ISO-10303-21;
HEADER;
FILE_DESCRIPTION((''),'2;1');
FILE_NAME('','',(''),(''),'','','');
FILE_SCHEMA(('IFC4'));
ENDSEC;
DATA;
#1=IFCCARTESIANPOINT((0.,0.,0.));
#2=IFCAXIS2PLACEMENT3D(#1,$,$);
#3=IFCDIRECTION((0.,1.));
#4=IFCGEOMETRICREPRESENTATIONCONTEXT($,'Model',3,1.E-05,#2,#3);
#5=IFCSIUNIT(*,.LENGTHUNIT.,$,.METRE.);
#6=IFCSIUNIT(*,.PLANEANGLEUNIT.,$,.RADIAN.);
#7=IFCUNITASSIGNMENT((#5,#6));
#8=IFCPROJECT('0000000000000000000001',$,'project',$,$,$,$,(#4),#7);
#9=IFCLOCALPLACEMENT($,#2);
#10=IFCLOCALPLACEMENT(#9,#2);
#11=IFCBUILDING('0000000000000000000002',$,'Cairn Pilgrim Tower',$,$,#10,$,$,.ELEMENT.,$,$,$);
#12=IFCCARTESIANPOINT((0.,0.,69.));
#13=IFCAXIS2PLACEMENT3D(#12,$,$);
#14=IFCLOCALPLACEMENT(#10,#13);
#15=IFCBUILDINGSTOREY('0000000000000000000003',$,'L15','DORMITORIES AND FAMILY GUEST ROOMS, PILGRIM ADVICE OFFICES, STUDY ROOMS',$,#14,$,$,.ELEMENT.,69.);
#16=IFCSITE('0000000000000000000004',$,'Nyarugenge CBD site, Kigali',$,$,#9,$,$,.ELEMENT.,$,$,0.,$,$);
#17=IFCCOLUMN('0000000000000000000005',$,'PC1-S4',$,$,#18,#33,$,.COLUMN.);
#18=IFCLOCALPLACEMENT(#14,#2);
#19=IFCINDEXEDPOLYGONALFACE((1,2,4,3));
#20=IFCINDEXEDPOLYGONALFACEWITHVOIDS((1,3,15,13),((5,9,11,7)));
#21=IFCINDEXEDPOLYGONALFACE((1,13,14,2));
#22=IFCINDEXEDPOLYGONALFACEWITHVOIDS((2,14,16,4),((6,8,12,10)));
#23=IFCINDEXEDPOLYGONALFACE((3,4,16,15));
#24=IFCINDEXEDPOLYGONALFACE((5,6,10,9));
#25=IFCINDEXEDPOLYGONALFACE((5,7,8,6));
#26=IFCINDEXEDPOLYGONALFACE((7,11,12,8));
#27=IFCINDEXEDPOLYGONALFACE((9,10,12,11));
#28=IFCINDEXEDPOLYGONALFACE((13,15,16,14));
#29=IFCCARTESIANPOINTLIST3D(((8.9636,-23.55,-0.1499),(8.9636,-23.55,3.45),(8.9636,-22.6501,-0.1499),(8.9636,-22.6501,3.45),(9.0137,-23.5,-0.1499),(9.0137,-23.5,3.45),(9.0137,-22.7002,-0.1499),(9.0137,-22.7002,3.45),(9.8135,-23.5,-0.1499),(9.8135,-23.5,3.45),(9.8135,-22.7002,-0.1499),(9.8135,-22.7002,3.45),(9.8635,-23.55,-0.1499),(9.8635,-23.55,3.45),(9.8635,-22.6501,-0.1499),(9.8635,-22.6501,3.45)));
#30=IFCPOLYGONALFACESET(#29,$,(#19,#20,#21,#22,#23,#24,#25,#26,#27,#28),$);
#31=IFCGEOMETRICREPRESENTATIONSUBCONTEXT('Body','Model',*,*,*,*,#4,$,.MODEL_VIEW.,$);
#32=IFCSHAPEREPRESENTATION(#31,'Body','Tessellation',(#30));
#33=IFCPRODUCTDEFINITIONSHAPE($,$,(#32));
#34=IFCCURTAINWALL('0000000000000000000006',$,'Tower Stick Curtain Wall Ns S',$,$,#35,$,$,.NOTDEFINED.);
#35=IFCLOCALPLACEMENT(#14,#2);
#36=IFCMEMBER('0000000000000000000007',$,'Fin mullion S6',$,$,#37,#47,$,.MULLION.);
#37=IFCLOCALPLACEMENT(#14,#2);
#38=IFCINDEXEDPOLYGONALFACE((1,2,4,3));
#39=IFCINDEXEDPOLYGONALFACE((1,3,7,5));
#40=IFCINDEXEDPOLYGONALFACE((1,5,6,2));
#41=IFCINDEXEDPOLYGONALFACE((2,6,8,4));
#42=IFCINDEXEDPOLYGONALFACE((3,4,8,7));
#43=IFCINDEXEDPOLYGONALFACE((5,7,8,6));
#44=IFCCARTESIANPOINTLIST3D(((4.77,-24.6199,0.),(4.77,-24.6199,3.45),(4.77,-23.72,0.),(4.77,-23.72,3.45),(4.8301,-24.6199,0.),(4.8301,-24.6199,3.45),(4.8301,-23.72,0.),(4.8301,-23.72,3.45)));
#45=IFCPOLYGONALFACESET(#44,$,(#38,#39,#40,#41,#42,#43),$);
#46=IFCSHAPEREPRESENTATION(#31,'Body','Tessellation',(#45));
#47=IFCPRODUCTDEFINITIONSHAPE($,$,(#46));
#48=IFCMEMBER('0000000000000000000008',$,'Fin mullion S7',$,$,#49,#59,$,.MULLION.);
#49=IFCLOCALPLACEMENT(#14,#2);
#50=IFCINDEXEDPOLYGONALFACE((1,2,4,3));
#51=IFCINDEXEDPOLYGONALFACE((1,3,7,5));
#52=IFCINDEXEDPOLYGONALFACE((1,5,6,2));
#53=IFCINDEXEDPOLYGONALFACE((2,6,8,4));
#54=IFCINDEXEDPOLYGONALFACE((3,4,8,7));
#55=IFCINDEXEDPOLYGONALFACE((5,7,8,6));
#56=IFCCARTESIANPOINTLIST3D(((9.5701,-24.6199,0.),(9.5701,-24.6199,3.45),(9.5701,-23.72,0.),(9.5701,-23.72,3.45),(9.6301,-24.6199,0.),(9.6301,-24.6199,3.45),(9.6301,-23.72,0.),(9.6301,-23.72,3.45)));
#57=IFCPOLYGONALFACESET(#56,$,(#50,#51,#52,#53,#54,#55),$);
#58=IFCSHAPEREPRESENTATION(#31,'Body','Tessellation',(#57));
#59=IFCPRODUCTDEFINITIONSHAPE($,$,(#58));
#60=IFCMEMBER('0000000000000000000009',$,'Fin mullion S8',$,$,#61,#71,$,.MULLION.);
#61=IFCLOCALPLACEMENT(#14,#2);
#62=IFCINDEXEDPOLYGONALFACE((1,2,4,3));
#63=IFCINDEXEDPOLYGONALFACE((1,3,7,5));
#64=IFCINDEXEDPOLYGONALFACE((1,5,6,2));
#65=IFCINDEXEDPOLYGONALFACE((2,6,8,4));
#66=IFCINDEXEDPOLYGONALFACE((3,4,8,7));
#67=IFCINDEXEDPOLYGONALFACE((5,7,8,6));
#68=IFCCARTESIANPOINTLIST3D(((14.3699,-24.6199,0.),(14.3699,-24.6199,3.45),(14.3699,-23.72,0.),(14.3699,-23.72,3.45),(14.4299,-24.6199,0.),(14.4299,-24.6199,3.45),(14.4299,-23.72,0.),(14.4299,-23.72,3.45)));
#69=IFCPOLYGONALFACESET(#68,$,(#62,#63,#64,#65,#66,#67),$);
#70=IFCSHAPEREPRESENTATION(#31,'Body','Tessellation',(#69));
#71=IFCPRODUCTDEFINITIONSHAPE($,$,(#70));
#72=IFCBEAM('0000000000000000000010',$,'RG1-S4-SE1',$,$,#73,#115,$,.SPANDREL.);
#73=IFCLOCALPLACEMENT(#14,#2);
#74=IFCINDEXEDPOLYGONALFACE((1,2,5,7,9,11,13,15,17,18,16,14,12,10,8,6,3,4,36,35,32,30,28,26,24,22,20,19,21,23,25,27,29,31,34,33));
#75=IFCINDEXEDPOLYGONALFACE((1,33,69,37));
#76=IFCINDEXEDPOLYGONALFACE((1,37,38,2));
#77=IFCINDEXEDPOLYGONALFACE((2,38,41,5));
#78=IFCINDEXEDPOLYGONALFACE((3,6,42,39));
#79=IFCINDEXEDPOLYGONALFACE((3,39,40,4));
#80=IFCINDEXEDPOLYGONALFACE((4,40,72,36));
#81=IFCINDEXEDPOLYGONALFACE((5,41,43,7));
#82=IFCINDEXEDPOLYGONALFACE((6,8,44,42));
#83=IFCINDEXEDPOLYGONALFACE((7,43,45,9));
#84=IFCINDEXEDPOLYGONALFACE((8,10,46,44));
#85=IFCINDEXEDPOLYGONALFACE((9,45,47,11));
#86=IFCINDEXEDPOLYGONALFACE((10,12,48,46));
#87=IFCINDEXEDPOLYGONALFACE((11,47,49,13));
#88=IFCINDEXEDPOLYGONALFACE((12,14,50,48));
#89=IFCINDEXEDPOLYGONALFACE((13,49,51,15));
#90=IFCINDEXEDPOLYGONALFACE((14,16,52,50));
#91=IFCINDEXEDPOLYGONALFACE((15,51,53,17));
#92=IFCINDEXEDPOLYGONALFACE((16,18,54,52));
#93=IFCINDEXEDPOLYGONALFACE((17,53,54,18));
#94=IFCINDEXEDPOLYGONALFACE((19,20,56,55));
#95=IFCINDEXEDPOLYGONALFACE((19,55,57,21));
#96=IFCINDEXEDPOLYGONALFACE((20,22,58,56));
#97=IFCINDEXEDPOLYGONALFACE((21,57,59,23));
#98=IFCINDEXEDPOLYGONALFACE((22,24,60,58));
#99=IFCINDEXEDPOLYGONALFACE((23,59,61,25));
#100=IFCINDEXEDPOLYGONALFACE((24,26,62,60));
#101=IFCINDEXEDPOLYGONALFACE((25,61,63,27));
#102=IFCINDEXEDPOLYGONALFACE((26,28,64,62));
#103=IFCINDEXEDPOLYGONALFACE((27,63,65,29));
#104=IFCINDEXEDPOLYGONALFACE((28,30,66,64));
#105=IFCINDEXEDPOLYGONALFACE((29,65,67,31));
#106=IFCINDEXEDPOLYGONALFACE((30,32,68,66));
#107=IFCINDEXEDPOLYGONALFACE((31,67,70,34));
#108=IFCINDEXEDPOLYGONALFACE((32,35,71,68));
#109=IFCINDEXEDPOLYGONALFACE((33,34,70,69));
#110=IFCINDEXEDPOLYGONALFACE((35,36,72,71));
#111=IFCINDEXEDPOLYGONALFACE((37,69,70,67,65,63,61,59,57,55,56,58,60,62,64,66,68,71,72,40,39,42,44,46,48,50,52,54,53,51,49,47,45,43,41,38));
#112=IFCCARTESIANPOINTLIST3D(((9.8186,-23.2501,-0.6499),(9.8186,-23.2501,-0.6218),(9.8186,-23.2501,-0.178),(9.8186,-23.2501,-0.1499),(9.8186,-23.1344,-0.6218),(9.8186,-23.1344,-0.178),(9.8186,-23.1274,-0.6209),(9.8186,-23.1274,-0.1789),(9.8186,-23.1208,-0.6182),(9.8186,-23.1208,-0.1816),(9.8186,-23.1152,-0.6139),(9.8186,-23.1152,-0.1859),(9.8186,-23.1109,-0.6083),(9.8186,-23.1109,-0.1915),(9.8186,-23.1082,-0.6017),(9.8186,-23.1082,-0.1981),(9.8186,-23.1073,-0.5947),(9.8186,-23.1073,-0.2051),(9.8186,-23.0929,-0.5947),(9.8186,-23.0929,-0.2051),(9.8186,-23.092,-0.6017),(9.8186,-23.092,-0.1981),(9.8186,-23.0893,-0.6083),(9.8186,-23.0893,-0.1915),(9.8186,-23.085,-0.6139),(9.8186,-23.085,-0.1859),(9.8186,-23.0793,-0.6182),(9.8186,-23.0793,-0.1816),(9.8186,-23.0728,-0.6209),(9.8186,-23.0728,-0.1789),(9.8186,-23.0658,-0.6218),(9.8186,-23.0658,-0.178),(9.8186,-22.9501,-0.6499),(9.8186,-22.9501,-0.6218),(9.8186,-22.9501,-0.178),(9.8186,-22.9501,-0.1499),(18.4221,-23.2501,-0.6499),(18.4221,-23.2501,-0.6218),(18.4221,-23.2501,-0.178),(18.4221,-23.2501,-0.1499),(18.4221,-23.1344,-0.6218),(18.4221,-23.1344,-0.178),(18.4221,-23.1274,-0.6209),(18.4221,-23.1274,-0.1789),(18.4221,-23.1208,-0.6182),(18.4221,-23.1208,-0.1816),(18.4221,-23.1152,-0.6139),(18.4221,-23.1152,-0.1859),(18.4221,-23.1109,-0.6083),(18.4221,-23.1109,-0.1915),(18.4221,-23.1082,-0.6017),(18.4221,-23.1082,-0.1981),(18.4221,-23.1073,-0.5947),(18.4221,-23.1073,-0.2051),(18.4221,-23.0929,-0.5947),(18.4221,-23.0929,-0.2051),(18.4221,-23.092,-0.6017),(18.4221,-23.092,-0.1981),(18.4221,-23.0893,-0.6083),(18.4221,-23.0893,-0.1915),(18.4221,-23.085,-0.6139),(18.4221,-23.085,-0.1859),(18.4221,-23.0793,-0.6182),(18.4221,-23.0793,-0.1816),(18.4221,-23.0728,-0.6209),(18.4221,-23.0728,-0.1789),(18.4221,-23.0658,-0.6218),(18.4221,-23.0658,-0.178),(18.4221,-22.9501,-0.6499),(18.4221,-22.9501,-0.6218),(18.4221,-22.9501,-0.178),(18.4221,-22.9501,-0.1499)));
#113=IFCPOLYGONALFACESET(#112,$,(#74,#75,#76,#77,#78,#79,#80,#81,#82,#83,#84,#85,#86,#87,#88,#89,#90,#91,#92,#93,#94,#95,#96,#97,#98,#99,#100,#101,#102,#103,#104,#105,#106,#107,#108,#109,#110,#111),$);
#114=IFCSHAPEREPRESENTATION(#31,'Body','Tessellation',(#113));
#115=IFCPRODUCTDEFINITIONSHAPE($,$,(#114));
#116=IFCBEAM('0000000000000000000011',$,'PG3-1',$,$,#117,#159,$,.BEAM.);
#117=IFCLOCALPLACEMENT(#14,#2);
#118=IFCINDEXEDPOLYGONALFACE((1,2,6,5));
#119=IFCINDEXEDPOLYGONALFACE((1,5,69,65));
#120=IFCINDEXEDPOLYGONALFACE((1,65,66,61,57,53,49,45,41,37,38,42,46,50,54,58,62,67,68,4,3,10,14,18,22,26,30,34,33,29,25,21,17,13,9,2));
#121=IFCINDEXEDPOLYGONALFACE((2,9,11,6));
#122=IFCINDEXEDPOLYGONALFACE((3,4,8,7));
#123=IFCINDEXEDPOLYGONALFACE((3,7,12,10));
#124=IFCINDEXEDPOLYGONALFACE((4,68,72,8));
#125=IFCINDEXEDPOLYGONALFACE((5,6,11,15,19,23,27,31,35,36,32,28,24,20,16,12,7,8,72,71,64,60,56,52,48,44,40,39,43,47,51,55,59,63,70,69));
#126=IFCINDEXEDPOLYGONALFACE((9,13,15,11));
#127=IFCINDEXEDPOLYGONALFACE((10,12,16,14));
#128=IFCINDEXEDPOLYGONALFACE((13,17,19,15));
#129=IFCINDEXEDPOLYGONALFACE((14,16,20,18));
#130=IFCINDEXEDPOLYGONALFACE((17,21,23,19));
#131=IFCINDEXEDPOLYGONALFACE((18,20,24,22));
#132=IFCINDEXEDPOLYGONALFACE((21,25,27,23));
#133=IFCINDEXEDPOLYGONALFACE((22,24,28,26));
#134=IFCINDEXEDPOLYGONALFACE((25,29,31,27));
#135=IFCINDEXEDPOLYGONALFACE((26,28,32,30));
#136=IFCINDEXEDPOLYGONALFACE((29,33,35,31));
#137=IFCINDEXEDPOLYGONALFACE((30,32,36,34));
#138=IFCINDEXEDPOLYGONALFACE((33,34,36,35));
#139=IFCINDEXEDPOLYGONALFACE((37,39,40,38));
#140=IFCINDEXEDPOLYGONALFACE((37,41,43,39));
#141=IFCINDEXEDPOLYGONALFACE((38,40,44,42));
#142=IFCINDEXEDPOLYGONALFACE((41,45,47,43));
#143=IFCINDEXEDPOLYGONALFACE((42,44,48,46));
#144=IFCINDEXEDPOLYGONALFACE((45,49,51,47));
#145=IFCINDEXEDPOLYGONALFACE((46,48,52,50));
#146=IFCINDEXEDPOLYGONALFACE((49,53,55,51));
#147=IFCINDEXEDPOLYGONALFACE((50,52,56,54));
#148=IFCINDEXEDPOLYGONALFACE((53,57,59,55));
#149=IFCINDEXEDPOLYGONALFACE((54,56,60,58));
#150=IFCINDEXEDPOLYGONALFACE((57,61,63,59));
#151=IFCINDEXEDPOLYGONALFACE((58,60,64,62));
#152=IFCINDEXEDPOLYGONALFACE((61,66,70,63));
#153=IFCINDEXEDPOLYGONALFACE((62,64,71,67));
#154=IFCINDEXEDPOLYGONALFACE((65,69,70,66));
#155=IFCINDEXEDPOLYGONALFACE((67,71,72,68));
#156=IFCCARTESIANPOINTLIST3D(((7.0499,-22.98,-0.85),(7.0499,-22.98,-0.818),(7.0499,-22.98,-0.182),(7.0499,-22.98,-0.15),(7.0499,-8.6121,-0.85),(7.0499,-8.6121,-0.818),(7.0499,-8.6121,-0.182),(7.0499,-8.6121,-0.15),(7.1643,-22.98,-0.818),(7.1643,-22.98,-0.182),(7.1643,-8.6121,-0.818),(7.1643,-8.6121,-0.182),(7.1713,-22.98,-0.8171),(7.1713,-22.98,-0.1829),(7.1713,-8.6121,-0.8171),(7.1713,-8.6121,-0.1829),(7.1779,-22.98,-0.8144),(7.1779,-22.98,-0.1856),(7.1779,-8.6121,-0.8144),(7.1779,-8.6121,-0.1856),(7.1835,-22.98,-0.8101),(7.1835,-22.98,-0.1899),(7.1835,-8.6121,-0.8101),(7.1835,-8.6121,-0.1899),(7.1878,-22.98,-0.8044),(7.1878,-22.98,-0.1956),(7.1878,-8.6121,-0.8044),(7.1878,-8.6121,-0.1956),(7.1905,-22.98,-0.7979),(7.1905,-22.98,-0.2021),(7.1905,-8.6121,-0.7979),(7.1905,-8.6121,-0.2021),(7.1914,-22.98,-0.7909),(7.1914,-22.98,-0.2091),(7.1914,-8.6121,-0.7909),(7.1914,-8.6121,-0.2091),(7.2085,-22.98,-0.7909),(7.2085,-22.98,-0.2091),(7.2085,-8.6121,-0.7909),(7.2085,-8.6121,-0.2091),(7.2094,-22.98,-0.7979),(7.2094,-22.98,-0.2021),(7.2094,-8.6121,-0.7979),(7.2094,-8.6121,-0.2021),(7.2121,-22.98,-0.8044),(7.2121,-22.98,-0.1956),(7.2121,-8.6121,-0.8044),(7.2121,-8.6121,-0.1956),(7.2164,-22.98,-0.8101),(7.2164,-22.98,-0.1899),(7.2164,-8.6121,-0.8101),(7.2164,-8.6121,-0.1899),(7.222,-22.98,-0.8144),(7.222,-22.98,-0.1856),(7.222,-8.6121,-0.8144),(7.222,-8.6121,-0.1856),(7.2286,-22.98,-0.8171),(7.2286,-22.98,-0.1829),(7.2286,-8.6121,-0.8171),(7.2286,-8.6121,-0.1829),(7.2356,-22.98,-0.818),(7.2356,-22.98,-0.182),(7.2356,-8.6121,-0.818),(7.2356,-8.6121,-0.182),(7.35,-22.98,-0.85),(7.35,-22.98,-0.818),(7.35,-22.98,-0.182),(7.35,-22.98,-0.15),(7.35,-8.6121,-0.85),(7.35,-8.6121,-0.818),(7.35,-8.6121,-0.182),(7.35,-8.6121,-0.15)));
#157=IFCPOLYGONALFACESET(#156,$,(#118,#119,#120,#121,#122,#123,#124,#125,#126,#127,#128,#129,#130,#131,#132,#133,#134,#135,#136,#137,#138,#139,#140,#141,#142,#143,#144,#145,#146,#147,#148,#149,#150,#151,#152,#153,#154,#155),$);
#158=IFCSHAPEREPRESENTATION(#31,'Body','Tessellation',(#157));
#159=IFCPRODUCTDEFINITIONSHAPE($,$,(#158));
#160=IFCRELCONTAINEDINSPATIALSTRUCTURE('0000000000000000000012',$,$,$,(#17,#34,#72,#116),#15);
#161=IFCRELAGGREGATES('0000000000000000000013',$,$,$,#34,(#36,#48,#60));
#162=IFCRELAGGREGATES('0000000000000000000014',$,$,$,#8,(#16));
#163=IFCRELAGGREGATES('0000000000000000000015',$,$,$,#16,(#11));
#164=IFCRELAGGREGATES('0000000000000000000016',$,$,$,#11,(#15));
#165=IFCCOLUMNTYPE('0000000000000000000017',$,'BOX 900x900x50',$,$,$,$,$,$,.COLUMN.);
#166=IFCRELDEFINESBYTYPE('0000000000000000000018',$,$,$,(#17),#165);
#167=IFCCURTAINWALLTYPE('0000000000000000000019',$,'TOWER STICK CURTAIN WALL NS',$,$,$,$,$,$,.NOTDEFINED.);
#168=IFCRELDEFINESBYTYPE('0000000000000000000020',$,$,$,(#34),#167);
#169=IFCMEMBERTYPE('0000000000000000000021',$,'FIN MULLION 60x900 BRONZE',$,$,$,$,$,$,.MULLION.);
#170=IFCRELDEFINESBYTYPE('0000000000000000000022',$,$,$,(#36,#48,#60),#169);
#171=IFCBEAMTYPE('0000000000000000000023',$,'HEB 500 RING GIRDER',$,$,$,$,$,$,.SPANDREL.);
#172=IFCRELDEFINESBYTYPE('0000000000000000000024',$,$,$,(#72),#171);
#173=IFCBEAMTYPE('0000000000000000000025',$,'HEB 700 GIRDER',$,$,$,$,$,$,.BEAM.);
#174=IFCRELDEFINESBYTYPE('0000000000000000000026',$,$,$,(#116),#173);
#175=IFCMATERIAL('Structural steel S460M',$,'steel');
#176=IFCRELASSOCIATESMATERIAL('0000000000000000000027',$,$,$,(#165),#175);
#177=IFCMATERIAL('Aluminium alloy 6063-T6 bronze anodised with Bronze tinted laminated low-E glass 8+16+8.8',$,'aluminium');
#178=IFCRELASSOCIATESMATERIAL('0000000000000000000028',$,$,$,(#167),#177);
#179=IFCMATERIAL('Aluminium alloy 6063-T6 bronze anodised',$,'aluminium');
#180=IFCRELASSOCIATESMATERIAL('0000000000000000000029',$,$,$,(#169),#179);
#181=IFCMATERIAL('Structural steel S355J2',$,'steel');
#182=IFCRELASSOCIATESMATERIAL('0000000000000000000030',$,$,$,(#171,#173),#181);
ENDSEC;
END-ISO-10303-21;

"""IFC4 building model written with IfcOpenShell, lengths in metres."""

from ifc_helpers import new_model, si_unit, direction, frame, origin, origin_2d, place, context, subcontext, project, spatial, rectangle, hollow_rectangle, i_section, extrude, material, material_profile, profile_set, type_object, element, aggregate, save


model = new_model("IFC4")

# Units and contexts
model_context = context("Model", 3, precision=1e-05, world=origin(), true_north=direction((0.0, 1.0)))
body_context = subcontext(model_context, "Body", "Model", "MODEL_VIEW")
ifc_project = project(units=[si_unit("LENGTHUNIT", "METRE"), si_unit("PLANEANGLEUNIT", "RADIAN")], contexts=[model_context])

# Site, building, storey
site_placement = place(None, origin())
site = spatial("IfcSite", under=ifc_project, at=site_placement, Name="Nyarugenge CBD site, Kigali", CompositionType="ELEMENT", RefElevation=0.0)
building_placement = place(site_placement, origin())
building = spatial("IfcBuilding", under=site, at=building_placement, Name="Cairn Pilgrim Tower", CompositionType="ELEMENT")
storey_placement = place(building_placement, frame((0.0, 0.0, 69.0)))
storey = spatial("IfcBuildingStorey", under=building, at=storey_placement, Name="L15", Description="DORMITORIES AND FAMILY GUEST ROOMS, PILGRIM ADVICE OFFICES, STUDY ROOMS", CompositionType="ELEMENT", Elevation=69.0)

# Column
ifc_material_1 = material(Name="Structural steel S460M", Category="steel")
ifc_material_profile_1 = material_profile(ifc_material_1, hollow_rectangle(XDim=0.8999, YDim=0.8999, WallThickness=0.05, at=origin_2d()), Name="BOX 900x900x50")
ifc_profile_set_1 = profile_set([ifc_material_profile_1], Name="Structural steel S460M")
column_type = type_object("IfcColumnType", Name="BOX 900x900x50", PredefinedType="COLUMN", material=ifc_profile_set_1)
column_placement = place(storey_placement, frame((9.4136, -23.1001, -0.1499), z_axis=(0.0, 0.0, 1.0), x_axis=(1.0, 0.0, 0.0)))
element("IfcColumn", 1, at=column_placement, inside=storey, type_object=column_type, Name="PC1-S4", PredefinedType="COLUMN", context=body_context, shape_type="SweptSolid", body=[
    extrude(hollow_rectangle(XDim=0.8999, YDim=0.8999, WallThickness=0.05, at=origin_2d()), origin(), (0.0, 0.0, 1.0), 3.5999),
])

# Curtain wall, members
ifc_material_2 = material(Name="Aluminium alloy 6063-T6 bronze anodised with Bronze tinted laminated low-E glass 8+16+8.8", Category="aluminium")
curtain_wall_type = type_object("IfcCurtainWallType", Name="TOWER STICK CURTAIN WALL NS", PredefinedType="NOTDEFINED", material=ifc_material_2)
curtain_wall_placement = place(storey_placement, origin())
curtain_wall = element("IfcCurtainWall", 2, at=curtain_wall_placement, inside=storey, type_object=curtain_wall_type, Name="Tower Stick Curtain Wall Ns S", PredefinedType="NOTDEFINED")
ifc_material_3 = material(Name="Aluminium alloy 6063-T6 bronze anodised", Category="aluminium")
ifc_material_profile_2 = material_profile(ifc_material_3, rectangle(XDim=0.8999, YDim=0.0601, at=origin_2d()), Name="FIN MULLION 60x900 BRONZE")
ifc_profile_set_2 = profile_set([ifc_material_profile_2], Name="Aluminium alloy 6063-T6 bronze anodised")
member_type_1 = type_object("IfcMemberType", Name="FIN MULLION 60x900 BRONZE", PredefinedType="MULLION", material=ifc_profile_set_2)
member_1_placement = place(storey_placement, frame((4.8, -24.1699, 0.0), z_axis=(0.0, 0.0, 1.0), x_axis=(0.0, -1.0, 0.0)))
member_1 = element("IfcMember", 3, at=member_1_placement, type_object=member_type_1, Name="Fin mullion S6", PredefinedType="MULLION", context=body_context, shape_type="SweptSolid", body=[
    extrude(rectangle(XDim=0.8999, YDim=0.0601, at=origin_2d()), origin(), (0.0, 0.0, 1.0), 3.45),
])
member_2_placement = place(storey_placement, frame((9.6001, -24.1699, 0.0), z_axis=(0.0, 0.0, 1.0), x_axis=(0.0, -1.0, 0.0)))
member_2 = element("IfcMember", 4, at=member_2_placement, type_object=member_type_1, Name="Fin mullion S7", PredefinedType="MULLION", context=body_context, shape_type="SweptSolid", body=[
    extrude(rectangle(XDim=0.8999, YDim=0.0601, at=origin_2d()), origin(), (0.0, 0.0, 1.0), 3.45),
])
member_3_placement = place(storey_placement, frame((14.3999, -24.1699, 0.0), z_axis=(0.0, 0.0, 1.0), x_axis=(0.0, -1.0, 0.0)))
member_3 = element("IfcMember", 5, at=member_3_placement, type_object=member_type_1, Name="Fin mullion S8", PredefinedType="MULLION", context=body_context, shape_type="SweptSolid", body=[
    extrude(rectangle(XDim=0.8999, YDim=0.0601, at=origin_2d()), origin(), (0.0, 0.0, 1.0), 3.45),
])

# Beams
ifc_material_4 = material(Name="Structural steel S355J2", Category="steel")
ifc_material_profile_3 = material_profile(ifc_material_4, i_section(OverallWidth=0.3, OverallDepth=0.5, WebThickness=0.0144, FlangeThickness=0.0281, FilletRadius=0.0271, at=origin_2d()), Name="HEB 500")
ifc_profile_set_3 = profile_set([ifc_material_profile_3], Name="Structural steel S355J2")
beam_type_1 = type_object("IfcBeamType", Name="HEB 500 RING GIRDER", PredefinedType="SPANDREL", material=ifc_profile_set_3)
beam_1_placement = place(storey_placement, frame((9.8186, -23.1001, -0.3999), z_axis=(1.0, 0.0, 0.0), x_axis=(0.0, 1.0, 0.0)))
element("IfcBeam", 6, at=beam_1_placement, inside=storey, type_object=beam_type_1, Name="RG1-S4-SE1", PredefinedType="SPANDREL", context=body_context, shape_type="SweptSolid", body=[
    extrude(i_section(OverallWidth=0.3, OverallDepth=0.5, WebThickness=0.0144, FlangeThickness=0.0281, FilletRadius=0.0271, at=origin_2d()), origin(), (0.0, 0.0, 1.0), 8.6035),
])
ifc_material_profile_4 = material_profile(ifc_material_4, i_section(OverallWidth=0.3, OverallDepth=0.7, WebThickness=0.0171, FlangeThickness=0.032, FilletRadius=0.0271, at=origin_2d()), Name="HEB 700")
ifc_profile_set_4 = profile_set([ifc_material_profile_4], Name="Structural steel S355J2")
beam_type_2 = type_object("IfcBeamType", Name="HEB 700 GIRDER", PredefinedType="BEAM", material=ifc_profile_set_4)
beam_2_placement = place(storey_placement, frame((7.2, -22.98, -0.5), z_axis=(0.0, 1.0, 0.0), x_axis=(-1.0, 0.0, 0.0)))
element("IfcBeam", 7, at=beam_2_placement, inside=storey, type_object=beam_type_2, Name="PG3-1", PredefinedType="BEAM", context=body_context, shape_type="SweptSolid", body=[
    extrude(i_section(OverallWidth=0.3, OverallDepth=0.7, WebThickness=0.0171, FlangeThickness=0.032, FilletRadius=0.0271, at=origin_2d()), origin(), (0.0, 0.0, 1.0), 14.3679),
])

aggregate(curtain_wall, [member_1, member_2, member_3])

save(model, "model.ifc")
